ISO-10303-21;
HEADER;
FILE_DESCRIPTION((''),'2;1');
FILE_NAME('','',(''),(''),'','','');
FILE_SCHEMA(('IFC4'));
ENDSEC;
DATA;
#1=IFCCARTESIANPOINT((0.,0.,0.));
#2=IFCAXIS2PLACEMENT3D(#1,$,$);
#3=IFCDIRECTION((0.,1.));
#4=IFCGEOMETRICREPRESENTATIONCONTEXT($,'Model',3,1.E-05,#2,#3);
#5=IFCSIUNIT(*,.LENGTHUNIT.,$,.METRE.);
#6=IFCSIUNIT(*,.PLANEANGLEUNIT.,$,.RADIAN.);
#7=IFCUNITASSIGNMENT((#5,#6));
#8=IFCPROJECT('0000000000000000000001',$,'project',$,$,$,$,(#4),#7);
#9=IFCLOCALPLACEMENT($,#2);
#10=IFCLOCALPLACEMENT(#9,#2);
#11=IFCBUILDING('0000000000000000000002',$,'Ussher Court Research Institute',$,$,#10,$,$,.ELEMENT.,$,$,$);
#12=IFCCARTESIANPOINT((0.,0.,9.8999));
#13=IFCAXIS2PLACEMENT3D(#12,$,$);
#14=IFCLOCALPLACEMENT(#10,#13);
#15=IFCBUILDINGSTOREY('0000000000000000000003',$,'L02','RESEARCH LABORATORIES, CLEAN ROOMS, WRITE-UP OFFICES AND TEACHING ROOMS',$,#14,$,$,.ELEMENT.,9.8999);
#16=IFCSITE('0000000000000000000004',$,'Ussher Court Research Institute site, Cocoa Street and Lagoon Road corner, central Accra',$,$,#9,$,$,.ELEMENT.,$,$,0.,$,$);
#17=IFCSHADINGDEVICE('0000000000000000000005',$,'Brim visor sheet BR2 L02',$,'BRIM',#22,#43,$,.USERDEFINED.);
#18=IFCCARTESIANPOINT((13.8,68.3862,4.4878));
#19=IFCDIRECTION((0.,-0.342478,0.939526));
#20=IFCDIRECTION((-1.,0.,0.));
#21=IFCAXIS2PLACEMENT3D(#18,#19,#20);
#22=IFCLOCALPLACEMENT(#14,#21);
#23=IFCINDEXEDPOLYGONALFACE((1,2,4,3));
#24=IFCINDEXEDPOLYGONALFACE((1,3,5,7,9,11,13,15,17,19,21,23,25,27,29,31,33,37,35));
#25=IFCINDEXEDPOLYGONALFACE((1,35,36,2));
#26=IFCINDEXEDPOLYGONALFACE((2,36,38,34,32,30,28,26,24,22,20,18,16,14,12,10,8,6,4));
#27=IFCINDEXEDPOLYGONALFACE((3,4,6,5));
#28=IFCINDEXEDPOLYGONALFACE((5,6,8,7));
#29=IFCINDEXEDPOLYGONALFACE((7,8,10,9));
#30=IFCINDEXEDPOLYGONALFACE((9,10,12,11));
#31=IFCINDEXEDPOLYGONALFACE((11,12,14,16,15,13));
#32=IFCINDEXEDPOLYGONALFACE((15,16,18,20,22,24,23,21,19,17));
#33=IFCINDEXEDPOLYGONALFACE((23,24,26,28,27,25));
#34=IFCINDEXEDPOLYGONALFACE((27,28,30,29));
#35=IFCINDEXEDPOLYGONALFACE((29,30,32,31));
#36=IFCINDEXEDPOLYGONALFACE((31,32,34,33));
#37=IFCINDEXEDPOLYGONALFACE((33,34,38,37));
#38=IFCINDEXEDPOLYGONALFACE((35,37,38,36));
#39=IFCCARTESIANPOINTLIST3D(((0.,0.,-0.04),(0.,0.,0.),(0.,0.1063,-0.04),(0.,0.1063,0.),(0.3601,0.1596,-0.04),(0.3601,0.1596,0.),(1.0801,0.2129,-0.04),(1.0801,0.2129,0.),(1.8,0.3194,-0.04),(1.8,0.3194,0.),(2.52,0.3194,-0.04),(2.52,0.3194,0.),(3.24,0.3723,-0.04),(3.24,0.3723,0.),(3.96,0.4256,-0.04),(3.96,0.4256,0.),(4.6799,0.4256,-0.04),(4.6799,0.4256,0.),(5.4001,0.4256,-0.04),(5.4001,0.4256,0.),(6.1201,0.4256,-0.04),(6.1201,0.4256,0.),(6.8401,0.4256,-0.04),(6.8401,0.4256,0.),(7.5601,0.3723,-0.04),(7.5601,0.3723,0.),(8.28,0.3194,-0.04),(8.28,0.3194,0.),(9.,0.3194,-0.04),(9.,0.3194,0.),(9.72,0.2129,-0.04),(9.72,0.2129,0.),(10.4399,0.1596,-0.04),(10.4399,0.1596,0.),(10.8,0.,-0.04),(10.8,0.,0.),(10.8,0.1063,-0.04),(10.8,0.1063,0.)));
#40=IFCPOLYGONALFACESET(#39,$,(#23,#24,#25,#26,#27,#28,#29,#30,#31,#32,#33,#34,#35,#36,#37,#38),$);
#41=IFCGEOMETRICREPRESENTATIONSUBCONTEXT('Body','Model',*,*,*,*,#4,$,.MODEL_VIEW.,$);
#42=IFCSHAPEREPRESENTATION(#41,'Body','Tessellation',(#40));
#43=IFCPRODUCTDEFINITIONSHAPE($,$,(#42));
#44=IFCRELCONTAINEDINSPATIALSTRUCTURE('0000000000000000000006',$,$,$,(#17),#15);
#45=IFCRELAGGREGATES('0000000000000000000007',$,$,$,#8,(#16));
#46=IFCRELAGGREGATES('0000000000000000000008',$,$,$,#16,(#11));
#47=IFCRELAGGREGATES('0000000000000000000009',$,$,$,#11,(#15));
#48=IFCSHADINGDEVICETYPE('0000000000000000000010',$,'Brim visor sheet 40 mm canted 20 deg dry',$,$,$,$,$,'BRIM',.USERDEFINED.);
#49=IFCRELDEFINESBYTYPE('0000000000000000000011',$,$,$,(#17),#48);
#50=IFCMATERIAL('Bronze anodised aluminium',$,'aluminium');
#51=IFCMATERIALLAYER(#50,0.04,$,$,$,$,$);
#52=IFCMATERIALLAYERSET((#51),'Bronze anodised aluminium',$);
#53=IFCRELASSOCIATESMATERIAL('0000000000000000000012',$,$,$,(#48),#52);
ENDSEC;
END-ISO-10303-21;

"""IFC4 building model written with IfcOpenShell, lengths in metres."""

from ifc_helpers import new_model, si_unit, direction, frame, origin, place, context, subcontext, project, spatial, polyline, outline, extrude, material, layer, layer_set, type_object, element, save


model = new_model("IFC4")

# Units and contexts
model_context = context("Model", 3, precision=1e-05, world=origin(), true_north=direction((0.0, 1.0)))
body_context = subcontext(model_context, "Body", "Model", "MODEL_VIEW")
ifc_project = project(units=[si_unit("LENGTHUNIT", "METRE"), si_unit("PLANEANGLEUNIT", "RADIAN")], contexts=[model_context])

# Site, building, storey
site_placement = place(None, origin())
site = spatial("IfcSite", under=ifc_project, at=site_placement, Name="Ussher Court Research Institute site, Cocoa Street and Lagoon Road corner, central Accra", CompositionType="ELEMENT", RefElevation=0.0)
building_placement = place(site_placement, origin())
building = spatial("IfcBuilding", under=site, at=building_placement, Name="Ussher Court Research Institute", CompositionType="ELEMENT")
storey_placement = place(building_placement, frame((0.0, 0.0, 9.8999)))
storey = spatial("IfcBuildingStorey", under=building, at=storey_placement, Name="L02", Description="RESEARCH LABORATORIES, CLEAN ROOMS, WRITE-UP OFFICES AND TEACHING ROOMS", CompositionType="ELEMENT", Elevation=9.8999)

# Shading device
ifc_material_1 = material(Name="Bronze anodised aluminium", Category="aluminium")
ifc_layer_1 = layer(ifc_material_1, 0.04)
ifc_layer_set_1 = layer_set([ifc_layer_1], Name="Bronze anodised aluminium")
shading_device_type_1 = type_object("IfcShadingDeviceType", Name="Brim visor sheet 40 mm canted 20 deg dry", ElementType="BRIM", PredefinedType="USERDEFINED", material=ifc_layer_set_1)
shading_device_1_placement = place(storey_placement, frame((13.8, 68.3862, 4.4878), z_axis=(0.0, -0.342478, 0.939526), x_axis=(-1.0, 0.0, 0.0)))
element("IfcShadingDevice", 1, at=shading_device_1_placement, inside=storey, type_object=shading_device_type_1, Name="Brim visor sheet BR2 L02", ObjectType="BRIM", PredefinedType="USERDEFINED", context=body_context, shape_type="SweptSolid", body=[
    extrude(outline(polyline([(0.0, 0.0), (10.8, 0.0), (10.8, 0.1063), (10.4399, 0.1596), (9.72, 0.2129), (9.0, 0.3194), (8.28, 0.3194), (7.5601, 0.3723), (6.8401, 0.4256), (6.1201, 0.4256), (5.4001, 0.4256), (4.6799, 0.4256), (3.96, 0.4256), (3.24, 0.3723), (2.52, 0.3194), (1.8, 0.3194), (1.0801, 0.2129), (0.3601, 0.1596), (0.0, 0.1063), (0.0, 0.0)])), origin(), (0.0, 0.0, -1.0), 0.04),
])

save(model, "model.ifc")
